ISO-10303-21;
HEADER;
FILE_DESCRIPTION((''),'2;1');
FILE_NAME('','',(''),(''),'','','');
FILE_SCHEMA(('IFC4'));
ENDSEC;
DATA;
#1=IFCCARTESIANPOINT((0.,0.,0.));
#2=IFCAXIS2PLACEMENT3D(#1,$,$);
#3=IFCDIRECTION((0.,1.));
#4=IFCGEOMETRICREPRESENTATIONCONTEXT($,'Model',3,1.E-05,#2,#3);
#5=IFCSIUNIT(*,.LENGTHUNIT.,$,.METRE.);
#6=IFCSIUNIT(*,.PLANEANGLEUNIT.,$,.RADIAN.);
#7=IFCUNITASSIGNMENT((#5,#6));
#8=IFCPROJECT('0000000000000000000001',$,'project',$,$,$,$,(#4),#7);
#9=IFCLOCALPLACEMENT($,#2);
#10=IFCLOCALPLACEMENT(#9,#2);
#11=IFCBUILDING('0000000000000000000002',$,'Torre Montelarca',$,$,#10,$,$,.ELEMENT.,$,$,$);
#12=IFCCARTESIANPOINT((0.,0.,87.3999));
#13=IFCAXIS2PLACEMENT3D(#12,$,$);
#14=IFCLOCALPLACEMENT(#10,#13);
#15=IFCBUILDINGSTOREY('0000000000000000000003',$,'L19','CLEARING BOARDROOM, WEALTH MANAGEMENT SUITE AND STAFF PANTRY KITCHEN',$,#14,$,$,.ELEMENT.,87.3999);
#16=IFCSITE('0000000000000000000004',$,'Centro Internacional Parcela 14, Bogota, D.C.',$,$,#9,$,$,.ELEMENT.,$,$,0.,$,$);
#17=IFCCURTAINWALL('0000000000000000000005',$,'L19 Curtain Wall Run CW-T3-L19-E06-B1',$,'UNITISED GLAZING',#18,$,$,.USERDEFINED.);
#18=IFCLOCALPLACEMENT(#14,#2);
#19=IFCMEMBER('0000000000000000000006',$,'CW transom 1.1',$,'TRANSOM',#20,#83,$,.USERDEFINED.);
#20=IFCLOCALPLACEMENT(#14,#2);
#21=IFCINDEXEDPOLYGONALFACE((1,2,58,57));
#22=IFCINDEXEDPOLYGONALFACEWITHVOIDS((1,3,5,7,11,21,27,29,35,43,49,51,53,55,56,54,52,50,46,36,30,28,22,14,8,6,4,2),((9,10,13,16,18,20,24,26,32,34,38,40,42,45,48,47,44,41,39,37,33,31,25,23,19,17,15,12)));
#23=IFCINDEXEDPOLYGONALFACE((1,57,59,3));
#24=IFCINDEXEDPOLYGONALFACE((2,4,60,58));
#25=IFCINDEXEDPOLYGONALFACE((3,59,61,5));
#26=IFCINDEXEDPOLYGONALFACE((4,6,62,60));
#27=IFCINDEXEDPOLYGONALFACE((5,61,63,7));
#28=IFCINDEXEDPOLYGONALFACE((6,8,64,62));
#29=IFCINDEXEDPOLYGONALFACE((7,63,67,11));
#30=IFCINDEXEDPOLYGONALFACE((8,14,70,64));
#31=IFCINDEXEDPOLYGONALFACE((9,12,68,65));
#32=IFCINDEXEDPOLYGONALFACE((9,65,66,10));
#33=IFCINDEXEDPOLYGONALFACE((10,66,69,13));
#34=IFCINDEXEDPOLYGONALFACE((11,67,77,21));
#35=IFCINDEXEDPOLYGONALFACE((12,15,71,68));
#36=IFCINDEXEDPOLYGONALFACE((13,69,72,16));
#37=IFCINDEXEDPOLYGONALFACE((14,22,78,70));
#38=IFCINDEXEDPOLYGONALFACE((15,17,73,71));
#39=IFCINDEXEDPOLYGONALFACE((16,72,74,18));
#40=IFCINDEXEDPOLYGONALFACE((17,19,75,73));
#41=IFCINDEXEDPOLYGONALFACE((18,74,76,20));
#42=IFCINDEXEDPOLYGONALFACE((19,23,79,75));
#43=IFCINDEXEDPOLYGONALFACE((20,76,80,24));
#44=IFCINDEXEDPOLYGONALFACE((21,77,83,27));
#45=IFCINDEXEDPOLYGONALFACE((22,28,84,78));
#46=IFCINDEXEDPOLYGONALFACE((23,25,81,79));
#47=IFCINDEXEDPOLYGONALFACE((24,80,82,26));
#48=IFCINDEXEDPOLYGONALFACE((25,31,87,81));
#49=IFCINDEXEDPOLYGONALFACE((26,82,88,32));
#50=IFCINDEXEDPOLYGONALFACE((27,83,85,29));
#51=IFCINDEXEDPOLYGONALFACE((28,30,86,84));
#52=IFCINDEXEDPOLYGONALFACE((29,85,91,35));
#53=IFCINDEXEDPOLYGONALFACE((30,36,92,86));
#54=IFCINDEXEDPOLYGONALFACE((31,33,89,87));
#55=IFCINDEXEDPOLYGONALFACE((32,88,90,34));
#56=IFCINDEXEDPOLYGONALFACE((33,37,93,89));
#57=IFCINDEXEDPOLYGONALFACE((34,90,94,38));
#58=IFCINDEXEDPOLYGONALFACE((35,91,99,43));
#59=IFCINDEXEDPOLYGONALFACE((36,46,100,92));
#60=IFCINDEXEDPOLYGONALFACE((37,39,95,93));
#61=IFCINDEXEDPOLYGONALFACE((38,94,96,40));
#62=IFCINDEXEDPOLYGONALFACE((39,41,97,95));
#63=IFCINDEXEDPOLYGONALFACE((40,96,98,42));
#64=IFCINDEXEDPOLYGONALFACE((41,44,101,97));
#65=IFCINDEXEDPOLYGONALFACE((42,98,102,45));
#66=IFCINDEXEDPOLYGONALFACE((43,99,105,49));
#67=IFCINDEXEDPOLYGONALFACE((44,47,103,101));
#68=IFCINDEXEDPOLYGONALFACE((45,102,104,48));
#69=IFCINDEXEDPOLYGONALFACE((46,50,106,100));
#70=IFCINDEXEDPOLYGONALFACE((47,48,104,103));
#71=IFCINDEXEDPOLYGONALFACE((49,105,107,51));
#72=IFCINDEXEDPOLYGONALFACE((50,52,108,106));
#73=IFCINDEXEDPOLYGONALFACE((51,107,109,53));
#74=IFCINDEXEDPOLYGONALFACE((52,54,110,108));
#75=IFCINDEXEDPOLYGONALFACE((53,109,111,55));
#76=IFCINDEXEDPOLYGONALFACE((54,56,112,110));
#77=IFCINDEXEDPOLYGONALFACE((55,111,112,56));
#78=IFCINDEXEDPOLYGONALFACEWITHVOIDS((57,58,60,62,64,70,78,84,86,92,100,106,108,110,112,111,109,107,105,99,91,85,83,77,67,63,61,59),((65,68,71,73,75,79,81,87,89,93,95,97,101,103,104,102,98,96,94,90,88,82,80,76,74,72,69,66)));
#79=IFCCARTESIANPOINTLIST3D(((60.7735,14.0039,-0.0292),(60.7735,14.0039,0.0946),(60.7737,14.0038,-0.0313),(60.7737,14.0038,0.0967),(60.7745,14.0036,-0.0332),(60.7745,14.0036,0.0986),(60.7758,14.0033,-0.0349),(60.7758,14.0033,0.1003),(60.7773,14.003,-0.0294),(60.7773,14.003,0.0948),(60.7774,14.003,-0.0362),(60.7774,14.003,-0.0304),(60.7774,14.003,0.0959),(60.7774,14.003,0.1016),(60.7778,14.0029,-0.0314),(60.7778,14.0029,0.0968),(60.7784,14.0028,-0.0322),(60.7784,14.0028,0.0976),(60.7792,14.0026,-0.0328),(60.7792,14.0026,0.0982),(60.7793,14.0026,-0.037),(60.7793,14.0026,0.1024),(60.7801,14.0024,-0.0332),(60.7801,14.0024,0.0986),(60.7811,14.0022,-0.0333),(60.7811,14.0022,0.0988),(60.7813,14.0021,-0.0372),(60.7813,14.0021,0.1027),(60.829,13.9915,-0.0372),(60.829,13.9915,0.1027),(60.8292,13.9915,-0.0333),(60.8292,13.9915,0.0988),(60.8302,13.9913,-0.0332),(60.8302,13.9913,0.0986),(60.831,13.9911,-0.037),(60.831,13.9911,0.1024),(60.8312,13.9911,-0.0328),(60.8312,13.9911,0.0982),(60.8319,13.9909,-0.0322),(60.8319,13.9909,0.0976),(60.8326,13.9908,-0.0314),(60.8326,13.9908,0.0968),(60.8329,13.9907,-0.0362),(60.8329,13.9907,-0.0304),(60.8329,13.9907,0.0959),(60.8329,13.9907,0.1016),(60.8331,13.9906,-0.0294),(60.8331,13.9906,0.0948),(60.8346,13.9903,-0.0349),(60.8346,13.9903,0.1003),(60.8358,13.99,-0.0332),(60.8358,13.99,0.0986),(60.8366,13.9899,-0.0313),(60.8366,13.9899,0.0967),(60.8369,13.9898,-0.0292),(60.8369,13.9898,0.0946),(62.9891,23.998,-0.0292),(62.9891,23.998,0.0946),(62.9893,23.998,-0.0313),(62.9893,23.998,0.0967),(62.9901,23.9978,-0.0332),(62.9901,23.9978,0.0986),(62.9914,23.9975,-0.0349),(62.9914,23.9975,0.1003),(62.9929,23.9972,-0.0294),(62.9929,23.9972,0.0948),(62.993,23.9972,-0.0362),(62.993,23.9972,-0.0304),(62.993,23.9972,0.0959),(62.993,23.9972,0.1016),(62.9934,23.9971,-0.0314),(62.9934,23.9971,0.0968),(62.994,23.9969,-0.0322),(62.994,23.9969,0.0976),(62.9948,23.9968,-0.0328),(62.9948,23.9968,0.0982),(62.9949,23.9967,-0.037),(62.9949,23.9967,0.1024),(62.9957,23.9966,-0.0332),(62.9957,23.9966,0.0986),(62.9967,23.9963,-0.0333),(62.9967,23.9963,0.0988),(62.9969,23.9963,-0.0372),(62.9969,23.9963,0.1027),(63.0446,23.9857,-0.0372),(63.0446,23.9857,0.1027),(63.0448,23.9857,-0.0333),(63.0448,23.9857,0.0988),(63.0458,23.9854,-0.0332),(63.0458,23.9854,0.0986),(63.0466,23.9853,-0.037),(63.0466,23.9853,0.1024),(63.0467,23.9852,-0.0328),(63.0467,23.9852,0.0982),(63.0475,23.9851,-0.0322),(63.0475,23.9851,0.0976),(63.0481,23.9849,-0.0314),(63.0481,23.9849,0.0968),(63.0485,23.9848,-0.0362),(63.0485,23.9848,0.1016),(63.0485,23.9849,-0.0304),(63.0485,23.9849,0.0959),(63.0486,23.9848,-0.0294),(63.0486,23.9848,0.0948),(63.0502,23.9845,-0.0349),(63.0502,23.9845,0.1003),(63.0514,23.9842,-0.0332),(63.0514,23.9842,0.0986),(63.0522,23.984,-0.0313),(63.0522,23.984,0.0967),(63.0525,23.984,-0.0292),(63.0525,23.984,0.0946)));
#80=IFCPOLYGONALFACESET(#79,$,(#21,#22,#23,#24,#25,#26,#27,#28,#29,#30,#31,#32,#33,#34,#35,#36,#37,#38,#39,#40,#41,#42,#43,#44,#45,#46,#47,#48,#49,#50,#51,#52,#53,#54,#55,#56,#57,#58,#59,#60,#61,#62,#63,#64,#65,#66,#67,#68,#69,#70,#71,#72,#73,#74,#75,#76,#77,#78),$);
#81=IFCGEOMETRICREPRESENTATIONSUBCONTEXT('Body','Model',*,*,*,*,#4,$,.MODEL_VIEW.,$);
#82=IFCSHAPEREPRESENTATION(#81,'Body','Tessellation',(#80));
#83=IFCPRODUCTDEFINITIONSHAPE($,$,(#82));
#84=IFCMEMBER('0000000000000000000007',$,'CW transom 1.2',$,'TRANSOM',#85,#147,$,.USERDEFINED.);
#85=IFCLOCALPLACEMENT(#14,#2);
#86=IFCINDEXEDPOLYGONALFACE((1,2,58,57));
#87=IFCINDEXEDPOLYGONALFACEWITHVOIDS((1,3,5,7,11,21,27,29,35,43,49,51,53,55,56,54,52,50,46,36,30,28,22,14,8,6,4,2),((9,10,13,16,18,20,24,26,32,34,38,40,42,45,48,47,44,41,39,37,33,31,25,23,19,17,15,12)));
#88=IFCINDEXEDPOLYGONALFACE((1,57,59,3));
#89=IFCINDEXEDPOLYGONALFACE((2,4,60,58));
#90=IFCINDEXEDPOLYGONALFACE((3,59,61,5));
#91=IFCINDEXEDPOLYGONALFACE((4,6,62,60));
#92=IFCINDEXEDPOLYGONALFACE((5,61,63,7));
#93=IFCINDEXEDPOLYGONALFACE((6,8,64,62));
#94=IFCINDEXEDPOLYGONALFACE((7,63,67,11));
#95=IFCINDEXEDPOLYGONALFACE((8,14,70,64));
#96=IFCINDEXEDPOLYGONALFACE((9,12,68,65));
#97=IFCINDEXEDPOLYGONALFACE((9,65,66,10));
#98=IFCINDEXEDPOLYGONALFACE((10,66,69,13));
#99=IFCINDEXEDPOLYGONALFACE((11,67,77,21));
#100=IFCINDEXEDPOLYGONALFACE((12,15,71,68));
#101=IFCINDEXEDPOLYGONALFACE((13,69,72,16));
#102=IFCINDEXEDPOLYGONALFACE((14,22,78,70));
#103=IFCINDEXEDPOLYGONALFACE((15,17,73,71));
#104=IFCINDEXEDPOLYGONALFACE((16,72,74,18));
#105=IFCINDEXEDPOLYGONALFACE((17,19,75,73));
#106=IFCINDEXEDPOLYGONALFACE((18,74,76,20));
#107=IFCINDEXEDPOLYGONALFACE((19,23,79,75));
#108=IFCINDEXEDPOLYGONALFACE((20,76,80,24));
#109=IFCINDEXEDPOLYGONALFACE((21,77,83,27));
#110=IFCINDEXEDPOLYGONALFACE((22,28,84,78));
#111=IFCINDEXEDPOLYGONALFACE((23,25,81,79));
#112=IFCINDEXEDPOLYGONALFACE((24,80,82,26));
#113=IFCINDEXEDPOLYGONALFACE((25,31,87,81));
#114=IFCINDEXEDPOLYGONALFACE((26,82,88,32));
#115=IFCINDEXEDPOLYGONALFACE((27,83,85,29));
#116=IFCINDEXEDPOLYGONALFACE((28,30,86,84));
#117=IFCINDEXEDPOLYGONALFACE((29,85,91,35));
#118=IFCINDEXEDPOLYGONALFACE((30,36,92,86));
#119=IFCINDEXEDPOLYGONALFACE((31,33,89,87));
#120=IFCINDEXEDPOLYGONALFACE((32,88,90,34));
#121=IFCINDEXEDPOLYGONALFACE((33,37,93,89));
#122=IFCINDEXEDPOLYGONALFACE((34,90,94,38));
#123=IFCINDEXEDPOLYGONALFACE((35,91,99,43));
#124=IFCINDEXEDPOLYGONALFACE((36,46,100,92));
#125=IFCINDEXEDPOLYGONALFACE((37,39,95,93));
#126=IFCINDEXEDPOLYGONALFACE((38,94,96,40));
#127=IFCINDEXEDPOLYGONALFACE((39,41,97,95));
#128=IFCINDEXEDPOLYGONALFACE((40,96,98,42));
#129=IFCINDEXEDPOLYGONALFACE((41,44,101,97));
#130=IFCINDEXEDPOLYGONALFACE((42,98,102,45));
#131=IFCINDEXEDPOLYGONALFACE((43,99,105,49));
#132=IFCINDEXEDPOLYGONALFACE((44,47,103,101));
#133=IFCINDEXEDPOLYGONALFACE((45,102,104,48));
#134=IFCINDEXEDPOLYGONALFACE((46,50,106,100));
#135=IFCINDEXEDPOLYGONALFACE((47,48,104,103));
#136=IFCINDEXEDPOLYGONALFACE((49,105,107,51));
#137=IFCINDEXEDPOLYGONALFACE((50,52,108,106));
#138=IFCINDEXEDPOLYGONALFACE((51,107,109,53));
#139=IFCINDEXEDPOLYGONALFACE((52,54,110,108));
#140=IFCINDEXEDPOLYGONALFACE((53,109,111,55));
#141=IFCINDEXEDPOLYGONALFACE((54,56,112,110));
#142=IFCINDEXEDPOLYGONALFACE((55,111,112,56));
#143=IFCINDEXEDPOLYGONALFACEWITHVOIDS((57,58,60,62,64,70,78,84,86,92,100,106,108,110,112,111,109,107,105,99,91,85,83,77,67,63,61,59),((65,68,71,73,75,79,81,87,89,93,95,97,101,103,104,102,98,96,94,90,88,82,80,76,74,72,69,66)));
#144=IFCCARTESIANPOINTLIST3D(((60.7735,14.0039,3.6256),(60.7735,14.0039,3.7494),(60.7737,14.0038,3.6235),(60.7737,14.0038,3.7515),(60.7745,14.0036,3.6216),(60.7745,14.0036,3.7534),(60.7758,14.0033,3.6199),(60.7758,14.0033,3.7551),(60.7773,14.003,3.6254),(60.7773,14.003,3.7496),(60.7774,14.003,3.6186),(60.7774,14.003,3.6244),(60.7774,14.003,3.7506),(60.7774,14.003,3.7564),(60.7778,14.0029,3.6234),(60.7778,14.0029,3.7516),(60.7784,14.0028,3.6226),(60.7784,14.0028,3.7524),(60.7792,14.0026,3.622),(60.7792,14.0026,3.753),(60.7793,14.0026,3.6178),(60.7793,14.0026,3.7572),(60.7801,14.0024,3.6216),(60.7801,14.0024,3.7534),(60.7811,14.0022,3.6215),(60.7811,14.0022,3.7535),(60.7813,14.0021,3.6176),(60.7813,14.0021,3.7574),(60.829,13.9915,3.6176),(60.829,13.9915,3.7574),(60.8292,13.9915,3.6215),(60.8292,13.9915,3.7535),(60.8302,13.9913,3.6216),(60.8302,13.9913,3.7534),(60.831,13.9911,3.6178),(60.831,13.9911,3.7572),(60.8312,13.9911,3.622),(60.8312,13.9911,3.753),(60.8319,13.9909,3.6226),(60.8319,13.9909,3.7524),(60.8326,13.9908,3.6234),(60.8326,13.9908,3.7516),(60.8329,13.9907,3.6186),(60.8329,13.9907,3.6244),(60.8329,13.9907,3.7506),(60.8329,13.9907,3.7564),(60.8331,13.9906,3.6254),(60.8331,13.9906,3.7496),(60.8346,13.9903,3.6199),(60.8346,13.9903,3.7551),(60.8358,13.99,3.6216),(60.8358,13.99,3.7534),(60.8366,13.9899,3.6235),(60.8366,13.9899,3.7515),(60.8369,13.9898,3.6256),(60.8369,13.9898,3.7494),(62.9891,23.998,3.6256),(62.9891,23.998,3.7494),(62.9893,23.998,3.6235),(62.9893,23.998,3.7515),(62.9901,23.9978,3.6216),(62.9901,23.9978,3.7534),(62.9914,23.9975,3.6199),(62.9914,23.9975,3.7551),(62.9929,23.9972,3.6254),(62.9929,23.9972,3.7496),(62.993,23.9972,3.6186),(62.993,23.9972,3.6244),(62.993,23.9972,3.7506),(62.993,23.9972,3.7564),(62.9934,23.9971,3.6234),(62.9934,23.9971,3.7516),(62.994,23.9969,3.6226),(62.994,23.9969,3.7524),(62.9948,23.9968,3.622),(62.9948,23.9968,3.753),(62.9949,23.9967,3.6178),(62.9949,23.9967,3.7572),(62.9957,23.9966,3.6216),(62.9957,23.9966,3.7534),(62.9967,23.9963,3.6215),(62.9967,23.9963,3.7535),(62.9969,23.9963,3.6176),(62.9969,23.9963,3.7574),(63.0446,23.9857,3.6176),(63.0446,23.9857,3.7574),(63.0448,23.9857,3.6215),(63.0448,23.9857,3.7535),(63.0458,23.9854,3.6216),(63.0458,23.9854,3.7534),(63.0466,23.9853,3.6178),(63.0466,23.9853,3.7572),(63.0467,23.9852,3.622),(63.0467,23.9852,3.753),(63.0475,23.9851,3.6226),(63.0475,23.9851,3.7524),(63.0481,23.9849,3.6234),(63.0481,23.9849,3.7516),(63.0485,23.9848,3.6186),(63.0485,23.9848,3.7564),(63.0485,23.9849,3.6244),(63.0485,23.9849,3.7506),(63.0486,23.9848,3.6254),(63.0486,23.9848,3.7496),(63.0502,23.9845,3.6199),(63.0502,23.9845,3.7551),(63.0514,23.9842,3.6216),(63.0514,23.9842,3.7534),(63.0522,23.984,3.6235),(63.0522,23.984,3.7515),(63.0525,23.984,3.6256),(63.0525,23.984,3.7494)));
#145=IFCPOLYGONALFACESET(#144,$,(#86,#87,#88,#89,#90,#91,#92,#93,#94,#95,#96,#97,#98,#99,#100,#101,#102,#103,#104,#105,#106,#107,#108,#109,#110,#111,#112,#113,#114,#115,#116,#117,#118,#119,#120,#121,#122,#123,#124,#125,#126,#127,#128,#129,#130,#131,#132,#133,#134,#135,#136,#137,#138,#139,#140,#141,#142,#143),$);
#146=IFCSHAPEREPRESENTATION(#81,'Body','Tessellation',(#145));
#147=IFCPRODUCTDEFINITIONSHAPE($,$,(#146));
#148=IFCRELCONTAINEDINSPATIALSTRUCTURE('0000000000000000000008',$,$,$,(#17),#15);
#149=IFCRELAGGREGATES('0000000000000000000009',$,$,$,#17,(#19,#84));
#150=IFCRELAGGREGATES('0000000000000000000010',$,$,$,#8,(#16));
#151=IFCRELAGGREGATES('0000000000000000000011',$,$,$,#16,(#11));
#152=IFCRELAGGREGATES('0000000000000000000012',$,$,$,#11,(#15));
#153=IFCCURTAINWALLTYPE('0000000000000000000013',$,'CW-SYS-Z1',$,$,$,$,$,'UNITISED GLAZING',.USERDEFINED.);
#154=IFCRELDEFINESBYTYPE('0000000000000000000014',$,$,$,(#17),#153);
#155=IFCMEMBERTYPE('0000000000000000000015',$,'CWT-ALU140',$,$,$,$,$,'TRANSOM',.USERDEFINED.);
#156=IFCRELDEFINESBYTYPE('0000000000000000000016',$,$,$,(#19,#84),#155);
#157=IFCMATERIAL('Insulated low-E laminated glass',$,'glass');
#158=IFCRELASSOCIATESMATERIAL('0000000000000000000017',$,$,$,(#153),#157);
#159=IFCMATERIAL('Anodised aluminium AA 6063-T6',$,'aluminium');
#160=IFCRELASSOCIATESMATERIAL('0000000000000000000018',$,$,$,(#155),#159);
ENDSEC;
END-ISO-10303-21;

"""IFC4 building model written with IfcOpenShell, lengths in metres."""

from ifc_helpers import new_model, si_unit, direction, frame, origin, origin_2d, place, context, subcontext, project, spatial, hollow_rectangle, extrude, source, transform, mapped, material, material_profile, profile_set, type_object, element, aggregate, save


model = new_model("IFC4")

# Units and contexts
model_context = context("Model", 3, precision=1e-05, world=origin(), true_north=direction((0.0, 1.0)))
body_context = subcontext(model_context, "Body", "Model", "MODEL_VIEW")
ifc_project = project(units=[si_unit("LENGTHUNIT", "METRE"), si_unit("PLANEANGLEUNIT", "RADIAN")], contexts=[model_context])

# Site, building, storey
site_placement = place(None, origin())
site = spatial("IfcSite", under=ifc_project, at=site_placement, Name="Centro Internacional Parcela 14, Bogota, D.C.", CompositionType="ELEMENT", RefElevation=0.0)
building_placement = place(site_placement, origin())
building = spatial("IfcBuilding", under=site, at=building_placement, Name="Torre Montelarca", CompositionType="ELEMENT")
storey_placement = place(building_placement, frame((0.0, 0.0, 87.3999)))
storey = spatial("IfcBuildingStorey", under=building, at=storey_placement, Name="L19", Description="CLEARING BOARDROOM, WEALTH MANAGEMENT SUITE AND STAFF PANTRY KITCHEN", CompositionType="ELEMENT", Elevation=87.3999)

# Curtain wall, members
ifc_material_1 = material(Name="Insulated low-E laminated glass", Category="glass")
curtain_wall_type = type_object("IfcCurtainWallType", Name="CW-SYS-Z1", ElementType="UNITISED GLAZING", PredefinedType="USERDEFINED", material=ifc_material_1)
ifc_material_2 = material(Name="Anodised aluminium AA 6063-T6", Category="aluminium")
ifc_material_profile_1 = material_profile(ifc_material_2, hollow_rectangle(XDim=0.0649, YDim=0.1399, WallThickness=0.0039, InnerFilletRadius=0.0039, OuterFilletRadius=0.0081, at=origin_2d()), Name="ALU65X140X4", Category="aluminium")
ifc_profile_set_1 = profile_set([ifc_material_profile_1], Name="Anodised aluminium AA 6063-T6")
member_type_1 = type_object("IfcMemberType", Name="CWT-ALU140", ElementType="TRANSOM", PredefinedType="USERDEFINED", material=ifc_profile_set_1)
curtain_wall_1_placement = place(storey_placement, origin())
curtain_wall_1 = element("IfcCurtainWall", 1, at=curtain_wall_1_placement, inside=storey, type_object=curtain_wall_type, Name="L19 Curtain Wall Run CW-T3-L19-E06-B1", ObjectType="UNITISED GLAZING", PredefinedType="USERDEFINED")
shared_shape_1 = source(origin(), body_context, "Body", "SweptSolid", [
    extrude(hollow_rectangle(XDim=0.0649, YDim=0.1399, WallThickness=0.0039, InnerFilletRadius=0.0039, OuterFilletRadius=0.0081, at=origin_2d()), origin(), (0.0, 0.0, 1.0), 10.2368),
])
member_1_placement = place(storey_placement, frame((60.8052, 13.9968, 0.0327), z_axis=(0.216433, 0.976297, 0.0), x_axis=(-0.976297, 0.216433, 0.0)))
member_1 = element("IfcMember", 2, at=member_1_placement, type_object=member_type_1, Name="CW transom 1.1", ObjectType="TRANSOM", PredefinedType="USERDEFINED", context=body_context, shape_type="MappedRepresentation", body=[
    mapped(shared_shape_1, transform((0.0, 0.0, 0.0), scale=1.0)),
])
member_2_placement = place(storey_placement, frame((60.8052, 13.9968, 3.6875), z_axis=(0.216433, 0.976297, 0.0), x_axis=(-0.976297, 0.216433, 0.0)))
member_2 = element("IfcMember", 3, at=member_2_placement, type_object=member_type_1, Name="CW transom 1.2", ObjectType="TRANSOM", PredefinedType="USERDEFINED", context=body_context, shape_type="MappedRepresentation", body=[
    mapped(shared_shape_1, transform((0.0, 0.0, 0.0), scale=1.0)),
])

aggregate(curtain_wall_1, [member_1, member_2])

save(model, "model.ifc")
